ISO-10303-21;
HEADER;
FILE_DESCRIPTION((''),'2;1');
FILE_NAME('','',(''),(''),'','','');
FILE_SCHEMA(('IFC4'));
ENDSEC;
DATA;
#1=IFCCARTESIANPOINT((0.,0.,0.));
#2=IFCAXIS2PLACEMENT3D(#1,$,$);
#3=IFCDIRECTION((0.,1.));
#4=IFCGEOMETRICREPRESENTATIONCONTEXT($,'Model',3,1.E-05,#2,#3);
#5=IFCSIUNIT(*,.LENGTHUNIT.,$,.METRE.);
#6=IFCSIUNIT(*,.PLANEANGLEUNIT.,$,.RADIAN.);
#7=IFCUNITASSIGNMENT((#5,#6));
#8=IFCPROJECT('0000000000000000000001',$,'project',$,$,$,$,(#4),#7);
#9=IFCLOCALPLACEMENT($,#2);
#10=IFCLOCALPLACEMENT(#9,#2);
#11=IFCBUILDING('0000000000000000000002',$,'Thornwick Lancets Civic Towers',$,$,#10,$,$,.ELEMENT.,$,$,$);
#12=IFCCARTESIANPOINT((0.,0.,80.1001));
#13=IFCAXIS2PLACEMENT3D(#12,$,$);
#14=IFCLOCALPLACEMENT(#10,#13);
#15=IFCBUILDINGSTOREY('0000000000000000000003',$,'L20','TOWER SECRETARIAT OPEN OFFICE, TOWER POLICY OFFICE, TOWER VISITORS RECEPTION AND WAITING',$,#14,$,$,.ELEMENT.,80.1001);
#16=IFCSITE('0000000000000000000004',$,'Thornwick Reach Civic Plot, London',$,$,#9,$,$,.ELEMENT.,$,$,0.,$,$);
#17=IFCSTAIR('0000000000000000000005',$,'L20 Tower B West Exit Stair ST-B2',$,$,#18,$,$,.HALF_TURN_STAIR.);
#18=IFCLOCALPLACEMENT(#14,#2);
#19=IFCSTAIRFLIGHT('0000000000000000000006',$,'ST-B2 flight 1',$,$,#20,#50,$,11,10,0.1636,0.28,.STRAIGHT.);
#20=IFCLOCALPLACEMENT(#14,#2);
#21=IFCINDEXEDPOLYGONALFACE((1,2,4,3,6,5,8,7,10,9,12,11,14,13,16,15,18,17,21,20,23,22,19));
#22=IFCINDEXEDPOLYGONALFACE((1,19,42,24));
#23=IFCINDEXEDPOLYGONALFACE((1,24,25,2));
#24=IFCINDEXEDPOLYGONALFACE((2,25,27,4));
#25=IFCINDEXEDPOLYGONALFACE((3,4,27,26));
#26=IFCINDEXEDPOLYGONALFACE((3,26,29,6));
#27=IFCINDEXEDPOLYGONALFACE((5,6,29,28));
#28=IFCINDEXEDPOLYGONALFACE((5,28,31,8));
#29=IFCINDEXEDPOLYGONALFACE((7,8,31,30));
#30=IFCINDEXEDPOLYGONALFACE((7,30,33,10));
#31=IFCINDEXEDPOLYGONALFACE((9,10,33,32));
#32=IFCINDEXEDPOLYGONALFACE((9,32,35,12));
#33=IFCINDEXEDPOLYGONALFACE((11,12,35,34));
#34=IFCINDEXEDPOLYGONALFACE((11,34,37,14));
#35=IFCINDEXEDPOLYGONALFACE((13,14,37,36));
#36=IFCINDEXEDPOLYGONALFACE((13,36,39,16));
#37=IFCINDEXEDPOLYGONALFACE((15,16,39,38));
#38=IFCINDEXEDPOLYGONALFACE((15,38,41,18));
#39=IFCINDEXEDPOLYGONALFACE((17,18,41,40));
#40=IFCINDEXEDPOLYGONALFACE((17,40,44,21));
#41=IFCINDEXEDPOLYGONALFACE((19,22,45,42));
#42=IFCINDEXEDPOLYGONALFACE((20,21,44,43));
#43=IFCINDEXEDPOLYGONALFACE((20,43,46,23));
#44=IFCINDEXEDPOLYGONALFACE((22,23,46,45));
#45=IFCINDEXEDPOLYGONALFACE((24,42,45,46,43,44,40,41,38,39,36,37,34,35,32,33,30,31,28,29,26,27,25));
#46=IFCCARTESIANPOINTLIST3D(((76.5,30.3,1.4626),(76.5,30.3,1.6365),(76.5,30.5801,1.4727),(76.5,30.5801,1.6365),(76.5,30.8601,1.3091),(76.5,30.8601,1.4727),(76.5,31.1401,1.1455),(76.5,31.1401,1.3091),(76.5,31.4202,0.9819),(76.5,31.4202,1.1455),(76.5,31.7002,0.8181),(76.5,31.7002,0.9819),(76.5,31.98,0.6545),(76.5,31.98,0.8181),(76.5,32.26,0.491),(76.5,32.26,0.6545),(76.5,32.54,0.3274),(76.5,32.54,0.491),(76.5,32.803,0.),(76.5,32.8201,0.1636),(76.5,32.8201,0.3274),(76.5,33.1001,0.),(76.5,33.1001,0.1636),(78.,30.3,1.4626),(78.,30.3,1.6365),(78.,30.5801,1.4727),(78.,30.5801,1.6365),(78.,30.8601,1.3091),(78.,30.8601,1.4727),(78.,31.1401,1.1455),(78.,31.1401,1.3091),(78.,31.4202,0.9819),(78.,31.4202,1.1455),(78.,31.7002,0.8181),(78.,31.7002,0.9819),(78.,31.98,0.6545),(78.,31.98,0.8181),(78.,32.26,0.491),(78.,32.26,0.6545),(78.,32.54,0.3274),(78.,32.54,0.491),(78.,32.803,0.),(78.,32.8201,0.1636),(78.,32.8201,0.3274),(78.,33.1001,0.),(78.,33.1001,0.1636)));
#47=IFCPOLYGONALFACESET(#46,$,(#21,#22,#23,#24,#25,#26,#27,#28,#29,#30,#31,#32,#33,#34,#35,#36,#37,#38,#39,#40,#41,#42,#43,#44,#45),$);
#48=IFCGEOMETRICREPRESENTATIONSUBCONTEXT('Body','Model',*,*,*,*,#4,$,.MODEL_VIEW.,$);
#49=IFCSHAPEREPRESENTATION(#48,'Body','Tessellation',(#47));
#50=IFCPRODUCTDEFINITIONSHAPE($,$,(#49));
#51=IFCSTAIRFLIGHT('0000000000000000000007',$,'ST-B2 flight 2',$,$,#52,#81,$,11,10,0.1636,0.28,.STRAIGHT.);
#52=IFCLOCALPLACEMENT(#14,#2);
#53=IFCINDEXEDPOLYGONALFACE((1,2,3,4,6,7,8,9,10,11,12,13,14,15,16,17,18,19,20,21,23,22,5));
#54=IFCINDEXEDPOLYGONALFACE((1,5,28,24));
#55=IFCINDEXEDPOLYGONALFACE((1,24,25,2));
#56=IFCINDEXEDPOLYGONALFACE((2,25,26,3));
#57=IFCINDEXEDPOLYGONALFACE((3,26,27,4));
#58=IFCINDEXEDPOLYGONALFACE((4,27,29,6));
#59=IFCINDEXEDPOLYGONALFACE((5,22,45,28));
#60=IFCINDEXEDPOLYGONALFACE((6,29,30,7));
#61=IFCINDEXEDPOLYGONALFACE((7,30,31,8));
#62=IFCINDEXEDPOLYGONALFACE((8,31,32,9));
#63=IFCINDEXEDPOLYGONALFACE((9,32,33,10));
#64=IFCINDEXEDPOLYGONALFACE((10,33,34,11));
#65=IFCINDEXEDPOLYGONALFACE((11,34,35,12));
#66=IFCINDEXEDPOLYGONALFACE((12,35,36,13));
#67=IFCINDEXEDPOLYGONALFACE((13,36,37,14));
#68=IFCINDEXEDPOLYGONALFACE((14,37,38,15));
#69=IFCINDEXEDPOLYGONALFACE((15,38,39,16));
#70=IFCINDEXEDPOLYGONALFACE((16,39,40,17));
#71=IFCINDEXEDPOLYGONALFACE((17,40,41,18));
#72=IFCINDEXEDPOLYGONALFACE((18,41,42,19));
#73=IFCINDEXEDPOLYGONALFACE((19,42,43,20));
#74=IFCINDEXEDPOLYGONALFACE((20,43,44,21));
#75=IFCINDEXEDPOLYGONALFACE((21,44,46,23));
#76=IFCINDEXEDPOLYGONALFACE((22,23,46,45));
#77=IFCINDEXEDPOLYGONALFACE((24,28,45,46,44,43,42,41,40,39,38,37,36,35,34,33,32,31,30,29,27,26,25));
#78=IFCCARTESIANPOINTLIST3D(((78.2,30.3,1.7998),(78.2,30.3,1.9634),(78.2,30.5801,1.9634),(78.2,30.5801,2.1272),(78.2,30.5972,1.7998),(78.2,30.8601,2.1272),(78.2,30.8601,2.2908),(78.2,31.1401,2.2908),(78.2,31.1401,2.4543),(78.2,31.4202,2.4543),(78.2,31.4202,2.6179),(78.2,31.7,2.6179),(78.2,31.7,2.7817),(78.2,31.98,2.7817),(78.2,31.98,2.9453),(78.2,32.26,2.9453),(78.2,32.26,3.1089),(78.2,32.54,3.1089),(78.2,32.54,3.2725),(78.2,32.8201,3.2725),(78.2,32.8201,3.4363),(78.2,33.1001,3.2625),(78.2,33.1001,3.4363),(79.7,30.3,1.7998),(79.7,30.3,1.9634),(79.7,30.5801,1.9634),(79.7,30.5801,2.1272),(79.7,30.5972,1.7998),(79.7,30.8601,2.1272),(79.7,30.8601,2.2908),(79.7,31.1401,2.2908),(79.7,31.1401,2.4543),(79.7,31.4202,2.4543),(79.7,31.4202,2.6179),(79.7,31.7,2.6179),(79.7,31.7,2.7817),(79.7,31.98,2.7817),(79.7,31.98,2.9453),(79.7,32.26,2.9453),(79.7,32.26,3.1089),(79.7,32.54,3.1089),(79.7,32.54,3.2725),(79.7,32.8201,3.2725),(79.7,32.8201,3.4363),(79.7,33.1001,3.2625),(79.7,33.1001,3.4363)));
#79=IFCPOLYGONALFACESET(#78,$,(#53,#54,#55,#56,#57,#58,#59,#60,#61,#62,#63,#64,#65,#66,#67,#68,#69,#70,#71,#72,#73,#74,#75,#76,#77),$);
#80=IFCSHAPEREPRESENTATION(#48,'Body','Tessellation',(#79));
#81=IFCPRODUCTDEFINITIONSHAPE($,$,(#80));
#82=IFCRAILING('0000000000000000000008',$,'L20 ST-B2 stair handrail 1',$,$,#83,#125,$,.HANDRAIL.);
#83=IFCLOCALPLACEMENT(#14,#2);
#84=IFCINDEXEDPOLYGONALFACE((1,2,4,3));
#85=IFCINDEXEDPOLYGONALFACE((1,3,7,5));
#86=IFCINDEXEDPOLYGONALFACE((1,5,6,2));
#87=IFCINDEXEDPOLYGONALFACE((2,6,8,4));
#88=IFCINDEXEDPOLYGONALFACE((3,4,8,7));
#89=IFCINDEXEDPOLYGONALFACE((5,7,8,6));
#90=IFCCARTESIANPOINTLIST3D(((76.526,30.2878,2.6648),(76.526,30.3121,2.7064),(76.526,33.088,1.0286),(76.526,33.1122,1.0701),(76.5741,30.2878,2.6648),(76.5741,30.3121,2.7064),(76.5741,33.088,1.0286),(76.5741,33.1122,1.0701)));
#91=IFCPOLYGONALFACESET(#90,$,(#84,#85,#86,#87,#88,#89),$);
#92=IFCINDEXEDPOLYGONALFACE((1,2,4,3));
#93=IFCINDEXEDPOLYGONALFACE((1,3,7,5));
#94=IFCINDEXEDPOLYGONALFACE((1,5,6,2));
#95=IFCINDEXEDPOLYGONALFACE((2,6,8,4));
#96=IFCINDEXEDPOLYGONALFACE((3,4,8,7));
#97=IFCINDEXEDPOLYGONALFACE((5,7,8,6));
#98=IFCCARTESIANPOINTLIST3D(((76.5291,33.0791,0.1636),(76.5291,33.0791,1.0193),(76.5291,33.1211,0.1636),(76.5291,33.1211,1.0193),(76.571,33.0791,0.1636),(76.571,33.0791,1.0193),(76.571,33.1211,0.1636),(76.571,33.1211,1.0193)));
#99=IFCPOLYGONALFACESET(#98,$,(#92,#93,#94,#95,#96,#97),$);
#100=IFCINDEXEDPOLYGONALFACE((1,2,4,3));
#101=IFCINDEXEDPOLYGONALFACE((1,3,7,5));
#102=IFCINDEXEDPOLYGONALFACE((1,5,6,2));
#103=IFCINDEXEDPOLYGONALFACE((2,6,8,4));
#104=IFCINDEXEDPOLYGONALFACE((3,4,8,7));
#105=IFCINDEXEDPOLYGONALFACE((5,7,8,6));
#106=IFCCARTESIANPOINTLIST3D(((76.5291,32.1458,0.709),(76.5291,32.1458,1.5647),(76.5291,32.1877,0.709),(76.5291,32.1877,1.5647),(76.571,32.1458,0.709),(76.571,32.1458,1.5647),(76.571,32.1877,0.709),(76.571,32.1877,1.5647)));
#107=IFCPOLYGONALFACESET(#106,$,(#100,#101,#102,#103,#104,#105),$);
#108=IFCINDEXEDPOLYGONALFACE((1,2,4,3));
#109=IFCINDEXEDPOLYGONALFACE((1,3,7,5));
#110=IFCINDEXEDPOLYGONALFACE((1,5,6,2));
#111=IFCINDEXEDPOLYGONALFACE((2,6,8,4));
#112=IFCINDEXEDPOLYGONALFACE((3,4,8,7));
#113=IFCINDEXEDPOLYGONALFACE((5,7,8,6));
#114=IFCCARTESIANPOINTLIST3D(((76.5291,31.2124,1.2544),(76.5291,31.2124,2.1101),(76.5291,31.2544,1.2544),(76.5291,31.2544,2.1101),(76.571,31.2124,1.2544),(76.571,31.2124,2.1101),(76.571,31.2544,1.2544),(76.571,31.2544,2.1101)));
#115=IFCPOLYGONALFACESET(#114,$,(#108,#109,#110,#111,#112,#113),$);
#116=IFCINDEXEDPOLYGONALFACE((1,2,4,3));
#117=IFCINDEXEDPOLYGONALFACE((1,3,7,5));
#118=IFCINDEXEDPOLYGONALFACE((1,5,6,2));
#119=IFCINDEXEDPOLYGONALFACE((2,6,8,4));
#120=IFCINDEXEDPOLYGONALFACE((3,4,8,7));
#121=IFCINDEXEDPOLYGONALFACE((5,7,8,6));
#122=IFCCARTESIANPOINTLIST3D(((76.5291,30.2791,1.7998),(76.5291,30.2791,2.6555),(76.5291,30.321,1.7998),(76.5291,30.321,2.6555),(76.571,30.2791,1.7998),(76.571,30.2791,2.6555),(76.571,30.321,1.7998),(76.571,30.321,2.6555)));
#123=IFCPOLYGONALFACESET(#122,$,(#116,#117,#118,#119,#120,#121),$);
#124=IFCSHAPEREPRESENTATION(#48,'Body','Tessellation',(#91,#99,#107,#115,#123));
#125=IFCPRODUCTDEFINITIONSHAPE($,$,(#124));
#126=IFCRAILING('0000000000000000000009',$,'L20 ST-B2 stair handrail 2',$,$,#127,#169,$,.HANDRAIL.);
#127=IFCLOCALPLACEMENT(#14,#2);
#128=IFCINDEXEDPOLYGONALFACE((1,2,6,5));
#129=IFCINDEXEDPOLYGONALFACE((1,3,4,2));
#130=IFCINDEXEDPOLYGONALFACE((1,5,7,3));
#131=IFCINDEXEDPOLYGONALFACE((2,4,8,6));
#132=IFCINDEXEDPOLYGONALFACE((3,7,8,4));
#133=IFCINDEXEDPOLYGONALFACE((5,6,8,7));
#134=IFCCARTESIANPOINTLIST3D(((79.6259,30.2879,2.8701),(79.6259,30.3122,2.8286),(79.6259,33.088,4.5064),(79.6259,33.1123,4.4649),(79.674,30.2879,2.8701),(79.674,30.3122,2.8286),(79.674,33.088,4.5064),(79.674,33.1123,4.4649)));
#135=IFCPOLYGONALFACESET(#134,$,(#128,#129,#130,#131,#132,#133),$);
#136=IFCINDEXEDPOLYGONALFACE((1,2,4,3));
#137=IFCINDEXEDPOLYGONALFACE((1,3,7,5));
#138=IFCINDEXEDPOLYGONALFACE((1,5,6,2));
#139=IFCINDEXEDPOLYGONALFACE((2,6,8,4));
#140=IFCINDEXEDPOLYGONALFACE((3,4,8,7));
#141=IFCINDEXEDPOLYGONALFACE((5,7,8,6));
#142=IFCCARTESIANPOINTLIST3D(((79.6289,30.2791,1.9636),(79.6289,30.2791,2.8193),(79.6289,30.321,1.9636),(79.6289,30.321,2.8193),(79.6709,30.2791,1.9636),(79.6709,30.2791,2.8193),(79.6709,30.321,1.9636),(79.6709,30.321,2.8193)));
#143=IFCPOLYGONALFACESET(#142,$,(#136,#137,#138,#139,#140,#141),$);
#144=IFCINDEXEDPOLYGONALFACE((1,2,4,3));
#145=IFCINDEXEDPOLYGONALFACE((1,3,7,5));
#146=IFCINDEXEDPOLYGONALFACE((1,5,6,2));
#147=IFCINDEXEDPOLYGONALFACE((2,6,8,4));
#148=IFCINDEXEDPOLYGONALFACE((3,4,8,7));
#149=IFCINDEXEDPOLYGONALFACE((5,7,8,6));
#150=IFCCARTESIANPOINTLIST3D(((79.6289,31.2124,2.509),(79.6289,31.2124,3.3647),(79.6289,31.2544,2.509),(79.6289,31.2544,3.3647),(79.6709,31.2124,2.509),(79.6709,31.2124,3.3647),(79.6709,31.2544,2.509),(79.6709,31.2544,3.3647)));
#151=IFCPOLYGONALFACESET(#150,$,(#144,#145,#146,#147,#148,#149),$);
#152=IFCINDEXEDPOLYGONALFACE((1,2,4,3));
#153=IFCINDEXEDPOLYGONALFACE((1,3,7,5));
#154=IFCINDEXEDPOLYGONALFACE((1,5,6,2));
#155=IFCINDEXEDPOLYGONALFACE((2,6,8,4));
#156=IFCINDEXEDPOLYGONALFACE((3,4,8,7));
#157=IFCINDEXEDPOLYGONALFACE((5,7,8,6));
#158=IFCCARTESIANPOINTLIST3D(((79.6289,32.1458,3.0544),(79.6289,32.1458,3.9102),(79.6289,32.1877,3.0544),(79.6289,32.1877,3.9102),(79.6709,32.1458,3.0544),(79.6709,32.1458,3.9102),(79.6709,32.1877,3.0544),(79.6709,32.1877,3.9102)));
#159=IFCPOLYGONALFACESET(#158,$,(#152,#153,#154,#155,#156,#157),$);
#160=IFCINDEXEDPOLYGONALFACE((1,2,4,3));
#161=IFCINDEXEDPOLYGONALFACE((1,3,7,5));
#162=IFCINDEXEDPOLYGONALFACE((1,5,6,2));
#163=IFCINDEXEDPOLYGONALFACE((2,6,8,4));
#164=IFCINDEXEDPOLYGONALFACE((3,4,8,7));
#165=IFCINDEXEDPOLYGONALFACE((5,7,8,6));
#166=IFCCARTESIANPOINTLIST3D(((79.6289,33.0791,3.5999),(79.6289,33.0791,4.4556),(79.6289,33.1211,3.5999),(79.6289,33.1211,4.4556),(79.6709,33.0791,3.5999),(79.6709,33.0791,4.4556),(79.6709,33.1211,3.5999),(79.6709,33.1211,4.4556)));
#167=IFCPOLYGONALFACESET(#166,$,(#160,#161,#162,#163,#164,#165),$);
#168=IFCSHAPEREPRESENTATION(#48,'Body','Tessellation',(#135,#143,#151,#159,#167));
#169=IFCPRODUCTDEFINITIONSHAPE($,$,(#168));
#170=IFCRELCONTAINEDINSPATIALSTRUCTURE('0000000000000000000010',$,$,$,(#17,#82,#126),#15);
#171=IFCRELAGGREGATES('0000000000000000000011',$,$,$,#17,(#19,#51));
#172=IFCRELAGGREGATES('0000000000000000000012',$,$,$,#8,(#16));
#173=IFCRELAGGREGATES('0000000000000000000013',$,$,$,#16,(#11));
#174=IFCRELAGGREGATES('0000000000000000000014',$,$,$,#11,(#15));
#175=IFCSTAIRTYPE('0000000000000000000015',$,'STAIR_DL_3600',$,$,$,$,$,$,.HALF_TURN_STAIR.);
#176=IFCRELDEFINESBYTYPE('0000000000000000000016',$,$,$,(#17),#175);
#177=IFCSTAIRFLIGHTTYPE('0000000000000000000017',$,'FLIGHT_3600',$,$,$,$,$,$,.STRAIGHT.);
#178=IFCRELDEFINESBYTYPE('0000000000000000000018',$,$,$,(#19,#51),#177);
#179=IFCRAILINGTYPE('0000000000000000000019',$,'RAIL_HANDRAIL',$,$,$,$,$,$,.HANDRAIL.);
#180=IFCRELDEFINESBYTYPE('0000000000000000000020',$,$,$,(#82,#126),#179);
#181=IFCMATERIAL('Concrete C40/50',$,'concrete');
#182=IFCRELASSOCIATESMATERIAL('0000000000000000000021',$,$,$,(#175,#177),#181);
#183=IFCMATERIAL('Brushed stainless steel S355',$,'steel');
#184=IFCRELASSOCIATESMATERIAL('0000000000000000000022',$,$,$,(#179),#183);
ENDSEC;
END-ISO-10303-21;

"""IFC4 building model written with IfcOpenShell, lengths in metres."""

from ifc_helpers import new_model, si_unit, direction, frame, origin, origin_2d, place, context, subcontext, project, spatial, polyline, rectangle, outline, extrude, material, type_object, element, aggregate, save


model = new_model("IFC4")

# Units and contexts
model_context = context("Model", 3, precision=1e-05, world=origin(), true_north=direction((0.0, 1.0)))
body_context = subcontext(model_context, "Body", "Model", "MODEL_VIEW")
ifc_project = project(units=[si_unit("LENGTHUNIT", "METRE"), si_unit("PLANEANGLEUNIT", "RADIAN")], contexts=[model_context])

# Site, building, storey
site_placement = place(None, origin())
site = spatial("IfcSite", under=ifc_project, at=site_placement, Name="Thornwick Reach Civic Plot, London", CompositionType="ELEMENT", RefElevation=0.0)
building_placement = place(site_placement, origin())
building = spatial("IfcBuilding", under=site, at=building_placement, Name="Thornwick Lancets Civic Towers", CompositionType="ELEMENT")
storey_placement = place(building_placement, frame((0.0, 0.0, 80.1001)))
storey = spatial("IfcBuildingStorey", under=building, at=storey_placement, Name="L20", Description="TOWER SECRETARIAT OPEN OFFICE, TOWER POLICY OFFICE, TOWER VISITORS RECEPTION AND WAITING", CompositionType="ELEMENT", Elevation=80.1001)

# Shared definitions
ifc_material_1 = material(Name="Concrete C40/50", Category="concrete")

# Stair, stair flights
stair_type = type_object("IfcStairType", Name="STAIR_DL_3600", PredefinedType="HALF_TURN_STAIR", material=ifc_material_1)
stair_placement = place(storey_placement, origin())
stair = element("IfcStair", 1, at=stair_placement, inside=storey, type_object=stair_type, Name="L20 Tower B West Exit Stair ST-B2", PredefinedType="HALF_TURN_STAIR")
stair_flight_type = type_object("IfcStairFlightType", Name="FLIGHT_3600", PredefinedType="STRAIGHT", material=ifc_material_1)
stair_flight_1_placement = place(storey_placement, frame((77.25, 33.1001, 0.0), z_axis=(0.0, 0.0, 1.0), x_axis=(0.0, -1.0, 0.0)))
stair_flight_1 = element("IfcStairFlight", 2, at=stair_flight_1_placement, type_object=stair_flight_type, Name="ST-B2 flight 1", NumberOfRisers=11, NumberOfTreads=10, PredefinedType="STRAIGHT", RiserHeight=0.1636, TreadLength=0.28, context=body_context, shape_type="SweptSolid", body=[
    extrude(outline(polyline([(0.0, 0.0), (0.0, 0.1636), (0.28, 0.1636), (0.28, 0.3274), (0.5601, 0.3274), (0.5601, 0.491), (0.8401, 0.491), (0.8401, 0.6545), (1.1201, 0.6545), (1.1201, 0.8181), (1.3999, 0.8181), (1.3999, 0.9819), (1.6799, 0.9819), (1.6799, 1.1455), (1.96, 1.1455), (1.96, 1.3091), (2.24, 1.3091), (2.24, 1.4727), (2.52, 1.4727), (2.52, 1.6365), (2.8, 1.6365), (2.8, 1.8), (2.8, 1.4626), (0.2971, 0.0), (0.0, 0.0)])), frame((0.0, 0.75, 0.0), z_axis=(0.0, -1.0, 0.0), x_axis=(1.0, 0.0, 0.0)), (0.0, 0.0, 1.0), 1.5),
])
stair_flight_2_placement = place(storey_placement, frame((78.95, 30.3, 1.7998), z_axis=(0.0, 0.0, 1.0), x_axis=(0.0, 1.0, 0.0)))
stair_flight_2 = element("IfcStairFlight", 3, at=stair_flight_2_placement, type_object=stair_flight_type, Name="ST-B2 flight 2", NumberOfRisers=11, NumberOfTreads=10, PredefinedType="STRAIGHT", RiserHeight=0.1636, TreadLength=0.28, context=body_context, shape_type="SweptSolid", body=[
    extrude(outline(polyline([(0.0, 0.0), (0.0, 0.1636), (0.28, 0.1636), (0.28, 0.3274), (0.5601, 0.3274), (0.5601, 0.491), (0.8401, 0.491), (0.8401, 0.6545), (1.1201, 0.6545), (1.1201, 0.8181), (1.3999, 0.8181), (1.3999, 0.9819), (1.6799, 0.9819), (1.6799, 1.1455), (1.96, 1.1455), (1.96, 1.3091), (2.24, 1.3091), (2.24, 1.4727), (2.52, 1.4727), (2.52, 1.6365), (2.8, 1.6365), (2.8, 1.8), (2.8, 1.4626), (0.2971, 0.0), (0.0, 0.0)])), frame((0.0, 0.75, 0.0), z_axis=(0.0, -1.0, 0.0), x_axis=(1.0, 0.0, 0.0)), (0.0, 0.0, 1.0), 1.5),
])
aggregate(stair, [stair_flight_1, stair_flight_2])

# Railings
ifc_material_2 = material(Name="Brushed stainless steel S355", Category="steel")
railing_type_1 = type_object("IfcRailingType", Name="RAIL_HANDRAIL", PredefinedType="HANDRAIL", material=ifc_material_2)
railing_1_placement = place(storey_placement, frame((76.55, 33.1001, 0.1636)))
element("IfcRailing", 4, at=railing_1_placement, inside=storey, type_object=railing_type_1, Name="L20 ST-B2 stair handrail 1", PredefinedType="HANDRAIL", context=body_context, shape_type="SweptSolid", body=[
    extrude(rectangle(XDim=0.0481, YDim=0.0481, at=origin_2d()), frame((0.0, 0.0, 0.8857), z_axis=(0.0, -0.863394, 0.504531), x_axis=(1.0, 0.0, 0.0)), (0.0, 0.0, 1.0), 3.2432),
    extrude(rectangle(XDim=0.042, YDim=0.042, at=origin_2d()), origin(), (0.0, 0.0, 1.0), 0.8557),
    extrude(rectangle(XDim=0.042, YDim=0.042, at=origin_2d()), frame((0.0, -0.9333, 0.5454)), (0.0, 0.0, 1.0), 0.8557),
    extrude(rectangle(XDim=0.042, YDim=0.042, at=origin_2d()), frame((0.0, -1.8667, 1.0908)), (0.0, 0.0, 1.0), 0.8557),
    extrude(rectangle(XDim=0.042, YDim=0.042, at=origin_2d()), frame((0.0, -2.8, 1.6362)), (0.0, 0.0, 1.0), 0.8557),
])
railing_2_placement = place(storey_placement, frame((79.6499, 30.3, 1.9636)))
element("IfcRailing", 5, at=railing_2_placement, inside=storey, type_object=railing_type_1, Name="L20 ST-B2 stair handrail 2", PredefinedType="HANDRAIL", context=body_context, shape_type="SweptSolid", body=[
    extrude(rectangle(XDim=0.0481, YDim=0.0481, at=origin_2d()), frame((0.0, 0.0, 0.8857), z_axis=(0.0, 0.863394, 0.504531), x_axis=(-1.0, 0.0, 0.0)), (0.0, 0.0, 1.0), 3.2432),
    extrude(rectangle(XDim=0.042, YDim=0.042, at=origin_2d()), origin(), (0.0, 0.0, 1.0), 0.8557),
    extrude(rectangle(XDim=0.042, YDim=0.042, at=origin_2d()), frame((0.0, 0.9333, 0.5454)), (0.0, 0.0, 1.0), 0.8557),
    extrude(rectangle(XDim=0.042, YDim=0.042, at=origin_2d()), frame((0.0, 1.8667, 1.0908)), (0.0, 0.0, 1.0), 0.8557),
    extrude(rectangle(XDim=0.042, YDim=0.042, at=origin_2d()), frame((0.0, 2.8, 1.6362)), (0.0, 0.0, 1.0), 0.8557),
])

save(model, "model.ifc")
